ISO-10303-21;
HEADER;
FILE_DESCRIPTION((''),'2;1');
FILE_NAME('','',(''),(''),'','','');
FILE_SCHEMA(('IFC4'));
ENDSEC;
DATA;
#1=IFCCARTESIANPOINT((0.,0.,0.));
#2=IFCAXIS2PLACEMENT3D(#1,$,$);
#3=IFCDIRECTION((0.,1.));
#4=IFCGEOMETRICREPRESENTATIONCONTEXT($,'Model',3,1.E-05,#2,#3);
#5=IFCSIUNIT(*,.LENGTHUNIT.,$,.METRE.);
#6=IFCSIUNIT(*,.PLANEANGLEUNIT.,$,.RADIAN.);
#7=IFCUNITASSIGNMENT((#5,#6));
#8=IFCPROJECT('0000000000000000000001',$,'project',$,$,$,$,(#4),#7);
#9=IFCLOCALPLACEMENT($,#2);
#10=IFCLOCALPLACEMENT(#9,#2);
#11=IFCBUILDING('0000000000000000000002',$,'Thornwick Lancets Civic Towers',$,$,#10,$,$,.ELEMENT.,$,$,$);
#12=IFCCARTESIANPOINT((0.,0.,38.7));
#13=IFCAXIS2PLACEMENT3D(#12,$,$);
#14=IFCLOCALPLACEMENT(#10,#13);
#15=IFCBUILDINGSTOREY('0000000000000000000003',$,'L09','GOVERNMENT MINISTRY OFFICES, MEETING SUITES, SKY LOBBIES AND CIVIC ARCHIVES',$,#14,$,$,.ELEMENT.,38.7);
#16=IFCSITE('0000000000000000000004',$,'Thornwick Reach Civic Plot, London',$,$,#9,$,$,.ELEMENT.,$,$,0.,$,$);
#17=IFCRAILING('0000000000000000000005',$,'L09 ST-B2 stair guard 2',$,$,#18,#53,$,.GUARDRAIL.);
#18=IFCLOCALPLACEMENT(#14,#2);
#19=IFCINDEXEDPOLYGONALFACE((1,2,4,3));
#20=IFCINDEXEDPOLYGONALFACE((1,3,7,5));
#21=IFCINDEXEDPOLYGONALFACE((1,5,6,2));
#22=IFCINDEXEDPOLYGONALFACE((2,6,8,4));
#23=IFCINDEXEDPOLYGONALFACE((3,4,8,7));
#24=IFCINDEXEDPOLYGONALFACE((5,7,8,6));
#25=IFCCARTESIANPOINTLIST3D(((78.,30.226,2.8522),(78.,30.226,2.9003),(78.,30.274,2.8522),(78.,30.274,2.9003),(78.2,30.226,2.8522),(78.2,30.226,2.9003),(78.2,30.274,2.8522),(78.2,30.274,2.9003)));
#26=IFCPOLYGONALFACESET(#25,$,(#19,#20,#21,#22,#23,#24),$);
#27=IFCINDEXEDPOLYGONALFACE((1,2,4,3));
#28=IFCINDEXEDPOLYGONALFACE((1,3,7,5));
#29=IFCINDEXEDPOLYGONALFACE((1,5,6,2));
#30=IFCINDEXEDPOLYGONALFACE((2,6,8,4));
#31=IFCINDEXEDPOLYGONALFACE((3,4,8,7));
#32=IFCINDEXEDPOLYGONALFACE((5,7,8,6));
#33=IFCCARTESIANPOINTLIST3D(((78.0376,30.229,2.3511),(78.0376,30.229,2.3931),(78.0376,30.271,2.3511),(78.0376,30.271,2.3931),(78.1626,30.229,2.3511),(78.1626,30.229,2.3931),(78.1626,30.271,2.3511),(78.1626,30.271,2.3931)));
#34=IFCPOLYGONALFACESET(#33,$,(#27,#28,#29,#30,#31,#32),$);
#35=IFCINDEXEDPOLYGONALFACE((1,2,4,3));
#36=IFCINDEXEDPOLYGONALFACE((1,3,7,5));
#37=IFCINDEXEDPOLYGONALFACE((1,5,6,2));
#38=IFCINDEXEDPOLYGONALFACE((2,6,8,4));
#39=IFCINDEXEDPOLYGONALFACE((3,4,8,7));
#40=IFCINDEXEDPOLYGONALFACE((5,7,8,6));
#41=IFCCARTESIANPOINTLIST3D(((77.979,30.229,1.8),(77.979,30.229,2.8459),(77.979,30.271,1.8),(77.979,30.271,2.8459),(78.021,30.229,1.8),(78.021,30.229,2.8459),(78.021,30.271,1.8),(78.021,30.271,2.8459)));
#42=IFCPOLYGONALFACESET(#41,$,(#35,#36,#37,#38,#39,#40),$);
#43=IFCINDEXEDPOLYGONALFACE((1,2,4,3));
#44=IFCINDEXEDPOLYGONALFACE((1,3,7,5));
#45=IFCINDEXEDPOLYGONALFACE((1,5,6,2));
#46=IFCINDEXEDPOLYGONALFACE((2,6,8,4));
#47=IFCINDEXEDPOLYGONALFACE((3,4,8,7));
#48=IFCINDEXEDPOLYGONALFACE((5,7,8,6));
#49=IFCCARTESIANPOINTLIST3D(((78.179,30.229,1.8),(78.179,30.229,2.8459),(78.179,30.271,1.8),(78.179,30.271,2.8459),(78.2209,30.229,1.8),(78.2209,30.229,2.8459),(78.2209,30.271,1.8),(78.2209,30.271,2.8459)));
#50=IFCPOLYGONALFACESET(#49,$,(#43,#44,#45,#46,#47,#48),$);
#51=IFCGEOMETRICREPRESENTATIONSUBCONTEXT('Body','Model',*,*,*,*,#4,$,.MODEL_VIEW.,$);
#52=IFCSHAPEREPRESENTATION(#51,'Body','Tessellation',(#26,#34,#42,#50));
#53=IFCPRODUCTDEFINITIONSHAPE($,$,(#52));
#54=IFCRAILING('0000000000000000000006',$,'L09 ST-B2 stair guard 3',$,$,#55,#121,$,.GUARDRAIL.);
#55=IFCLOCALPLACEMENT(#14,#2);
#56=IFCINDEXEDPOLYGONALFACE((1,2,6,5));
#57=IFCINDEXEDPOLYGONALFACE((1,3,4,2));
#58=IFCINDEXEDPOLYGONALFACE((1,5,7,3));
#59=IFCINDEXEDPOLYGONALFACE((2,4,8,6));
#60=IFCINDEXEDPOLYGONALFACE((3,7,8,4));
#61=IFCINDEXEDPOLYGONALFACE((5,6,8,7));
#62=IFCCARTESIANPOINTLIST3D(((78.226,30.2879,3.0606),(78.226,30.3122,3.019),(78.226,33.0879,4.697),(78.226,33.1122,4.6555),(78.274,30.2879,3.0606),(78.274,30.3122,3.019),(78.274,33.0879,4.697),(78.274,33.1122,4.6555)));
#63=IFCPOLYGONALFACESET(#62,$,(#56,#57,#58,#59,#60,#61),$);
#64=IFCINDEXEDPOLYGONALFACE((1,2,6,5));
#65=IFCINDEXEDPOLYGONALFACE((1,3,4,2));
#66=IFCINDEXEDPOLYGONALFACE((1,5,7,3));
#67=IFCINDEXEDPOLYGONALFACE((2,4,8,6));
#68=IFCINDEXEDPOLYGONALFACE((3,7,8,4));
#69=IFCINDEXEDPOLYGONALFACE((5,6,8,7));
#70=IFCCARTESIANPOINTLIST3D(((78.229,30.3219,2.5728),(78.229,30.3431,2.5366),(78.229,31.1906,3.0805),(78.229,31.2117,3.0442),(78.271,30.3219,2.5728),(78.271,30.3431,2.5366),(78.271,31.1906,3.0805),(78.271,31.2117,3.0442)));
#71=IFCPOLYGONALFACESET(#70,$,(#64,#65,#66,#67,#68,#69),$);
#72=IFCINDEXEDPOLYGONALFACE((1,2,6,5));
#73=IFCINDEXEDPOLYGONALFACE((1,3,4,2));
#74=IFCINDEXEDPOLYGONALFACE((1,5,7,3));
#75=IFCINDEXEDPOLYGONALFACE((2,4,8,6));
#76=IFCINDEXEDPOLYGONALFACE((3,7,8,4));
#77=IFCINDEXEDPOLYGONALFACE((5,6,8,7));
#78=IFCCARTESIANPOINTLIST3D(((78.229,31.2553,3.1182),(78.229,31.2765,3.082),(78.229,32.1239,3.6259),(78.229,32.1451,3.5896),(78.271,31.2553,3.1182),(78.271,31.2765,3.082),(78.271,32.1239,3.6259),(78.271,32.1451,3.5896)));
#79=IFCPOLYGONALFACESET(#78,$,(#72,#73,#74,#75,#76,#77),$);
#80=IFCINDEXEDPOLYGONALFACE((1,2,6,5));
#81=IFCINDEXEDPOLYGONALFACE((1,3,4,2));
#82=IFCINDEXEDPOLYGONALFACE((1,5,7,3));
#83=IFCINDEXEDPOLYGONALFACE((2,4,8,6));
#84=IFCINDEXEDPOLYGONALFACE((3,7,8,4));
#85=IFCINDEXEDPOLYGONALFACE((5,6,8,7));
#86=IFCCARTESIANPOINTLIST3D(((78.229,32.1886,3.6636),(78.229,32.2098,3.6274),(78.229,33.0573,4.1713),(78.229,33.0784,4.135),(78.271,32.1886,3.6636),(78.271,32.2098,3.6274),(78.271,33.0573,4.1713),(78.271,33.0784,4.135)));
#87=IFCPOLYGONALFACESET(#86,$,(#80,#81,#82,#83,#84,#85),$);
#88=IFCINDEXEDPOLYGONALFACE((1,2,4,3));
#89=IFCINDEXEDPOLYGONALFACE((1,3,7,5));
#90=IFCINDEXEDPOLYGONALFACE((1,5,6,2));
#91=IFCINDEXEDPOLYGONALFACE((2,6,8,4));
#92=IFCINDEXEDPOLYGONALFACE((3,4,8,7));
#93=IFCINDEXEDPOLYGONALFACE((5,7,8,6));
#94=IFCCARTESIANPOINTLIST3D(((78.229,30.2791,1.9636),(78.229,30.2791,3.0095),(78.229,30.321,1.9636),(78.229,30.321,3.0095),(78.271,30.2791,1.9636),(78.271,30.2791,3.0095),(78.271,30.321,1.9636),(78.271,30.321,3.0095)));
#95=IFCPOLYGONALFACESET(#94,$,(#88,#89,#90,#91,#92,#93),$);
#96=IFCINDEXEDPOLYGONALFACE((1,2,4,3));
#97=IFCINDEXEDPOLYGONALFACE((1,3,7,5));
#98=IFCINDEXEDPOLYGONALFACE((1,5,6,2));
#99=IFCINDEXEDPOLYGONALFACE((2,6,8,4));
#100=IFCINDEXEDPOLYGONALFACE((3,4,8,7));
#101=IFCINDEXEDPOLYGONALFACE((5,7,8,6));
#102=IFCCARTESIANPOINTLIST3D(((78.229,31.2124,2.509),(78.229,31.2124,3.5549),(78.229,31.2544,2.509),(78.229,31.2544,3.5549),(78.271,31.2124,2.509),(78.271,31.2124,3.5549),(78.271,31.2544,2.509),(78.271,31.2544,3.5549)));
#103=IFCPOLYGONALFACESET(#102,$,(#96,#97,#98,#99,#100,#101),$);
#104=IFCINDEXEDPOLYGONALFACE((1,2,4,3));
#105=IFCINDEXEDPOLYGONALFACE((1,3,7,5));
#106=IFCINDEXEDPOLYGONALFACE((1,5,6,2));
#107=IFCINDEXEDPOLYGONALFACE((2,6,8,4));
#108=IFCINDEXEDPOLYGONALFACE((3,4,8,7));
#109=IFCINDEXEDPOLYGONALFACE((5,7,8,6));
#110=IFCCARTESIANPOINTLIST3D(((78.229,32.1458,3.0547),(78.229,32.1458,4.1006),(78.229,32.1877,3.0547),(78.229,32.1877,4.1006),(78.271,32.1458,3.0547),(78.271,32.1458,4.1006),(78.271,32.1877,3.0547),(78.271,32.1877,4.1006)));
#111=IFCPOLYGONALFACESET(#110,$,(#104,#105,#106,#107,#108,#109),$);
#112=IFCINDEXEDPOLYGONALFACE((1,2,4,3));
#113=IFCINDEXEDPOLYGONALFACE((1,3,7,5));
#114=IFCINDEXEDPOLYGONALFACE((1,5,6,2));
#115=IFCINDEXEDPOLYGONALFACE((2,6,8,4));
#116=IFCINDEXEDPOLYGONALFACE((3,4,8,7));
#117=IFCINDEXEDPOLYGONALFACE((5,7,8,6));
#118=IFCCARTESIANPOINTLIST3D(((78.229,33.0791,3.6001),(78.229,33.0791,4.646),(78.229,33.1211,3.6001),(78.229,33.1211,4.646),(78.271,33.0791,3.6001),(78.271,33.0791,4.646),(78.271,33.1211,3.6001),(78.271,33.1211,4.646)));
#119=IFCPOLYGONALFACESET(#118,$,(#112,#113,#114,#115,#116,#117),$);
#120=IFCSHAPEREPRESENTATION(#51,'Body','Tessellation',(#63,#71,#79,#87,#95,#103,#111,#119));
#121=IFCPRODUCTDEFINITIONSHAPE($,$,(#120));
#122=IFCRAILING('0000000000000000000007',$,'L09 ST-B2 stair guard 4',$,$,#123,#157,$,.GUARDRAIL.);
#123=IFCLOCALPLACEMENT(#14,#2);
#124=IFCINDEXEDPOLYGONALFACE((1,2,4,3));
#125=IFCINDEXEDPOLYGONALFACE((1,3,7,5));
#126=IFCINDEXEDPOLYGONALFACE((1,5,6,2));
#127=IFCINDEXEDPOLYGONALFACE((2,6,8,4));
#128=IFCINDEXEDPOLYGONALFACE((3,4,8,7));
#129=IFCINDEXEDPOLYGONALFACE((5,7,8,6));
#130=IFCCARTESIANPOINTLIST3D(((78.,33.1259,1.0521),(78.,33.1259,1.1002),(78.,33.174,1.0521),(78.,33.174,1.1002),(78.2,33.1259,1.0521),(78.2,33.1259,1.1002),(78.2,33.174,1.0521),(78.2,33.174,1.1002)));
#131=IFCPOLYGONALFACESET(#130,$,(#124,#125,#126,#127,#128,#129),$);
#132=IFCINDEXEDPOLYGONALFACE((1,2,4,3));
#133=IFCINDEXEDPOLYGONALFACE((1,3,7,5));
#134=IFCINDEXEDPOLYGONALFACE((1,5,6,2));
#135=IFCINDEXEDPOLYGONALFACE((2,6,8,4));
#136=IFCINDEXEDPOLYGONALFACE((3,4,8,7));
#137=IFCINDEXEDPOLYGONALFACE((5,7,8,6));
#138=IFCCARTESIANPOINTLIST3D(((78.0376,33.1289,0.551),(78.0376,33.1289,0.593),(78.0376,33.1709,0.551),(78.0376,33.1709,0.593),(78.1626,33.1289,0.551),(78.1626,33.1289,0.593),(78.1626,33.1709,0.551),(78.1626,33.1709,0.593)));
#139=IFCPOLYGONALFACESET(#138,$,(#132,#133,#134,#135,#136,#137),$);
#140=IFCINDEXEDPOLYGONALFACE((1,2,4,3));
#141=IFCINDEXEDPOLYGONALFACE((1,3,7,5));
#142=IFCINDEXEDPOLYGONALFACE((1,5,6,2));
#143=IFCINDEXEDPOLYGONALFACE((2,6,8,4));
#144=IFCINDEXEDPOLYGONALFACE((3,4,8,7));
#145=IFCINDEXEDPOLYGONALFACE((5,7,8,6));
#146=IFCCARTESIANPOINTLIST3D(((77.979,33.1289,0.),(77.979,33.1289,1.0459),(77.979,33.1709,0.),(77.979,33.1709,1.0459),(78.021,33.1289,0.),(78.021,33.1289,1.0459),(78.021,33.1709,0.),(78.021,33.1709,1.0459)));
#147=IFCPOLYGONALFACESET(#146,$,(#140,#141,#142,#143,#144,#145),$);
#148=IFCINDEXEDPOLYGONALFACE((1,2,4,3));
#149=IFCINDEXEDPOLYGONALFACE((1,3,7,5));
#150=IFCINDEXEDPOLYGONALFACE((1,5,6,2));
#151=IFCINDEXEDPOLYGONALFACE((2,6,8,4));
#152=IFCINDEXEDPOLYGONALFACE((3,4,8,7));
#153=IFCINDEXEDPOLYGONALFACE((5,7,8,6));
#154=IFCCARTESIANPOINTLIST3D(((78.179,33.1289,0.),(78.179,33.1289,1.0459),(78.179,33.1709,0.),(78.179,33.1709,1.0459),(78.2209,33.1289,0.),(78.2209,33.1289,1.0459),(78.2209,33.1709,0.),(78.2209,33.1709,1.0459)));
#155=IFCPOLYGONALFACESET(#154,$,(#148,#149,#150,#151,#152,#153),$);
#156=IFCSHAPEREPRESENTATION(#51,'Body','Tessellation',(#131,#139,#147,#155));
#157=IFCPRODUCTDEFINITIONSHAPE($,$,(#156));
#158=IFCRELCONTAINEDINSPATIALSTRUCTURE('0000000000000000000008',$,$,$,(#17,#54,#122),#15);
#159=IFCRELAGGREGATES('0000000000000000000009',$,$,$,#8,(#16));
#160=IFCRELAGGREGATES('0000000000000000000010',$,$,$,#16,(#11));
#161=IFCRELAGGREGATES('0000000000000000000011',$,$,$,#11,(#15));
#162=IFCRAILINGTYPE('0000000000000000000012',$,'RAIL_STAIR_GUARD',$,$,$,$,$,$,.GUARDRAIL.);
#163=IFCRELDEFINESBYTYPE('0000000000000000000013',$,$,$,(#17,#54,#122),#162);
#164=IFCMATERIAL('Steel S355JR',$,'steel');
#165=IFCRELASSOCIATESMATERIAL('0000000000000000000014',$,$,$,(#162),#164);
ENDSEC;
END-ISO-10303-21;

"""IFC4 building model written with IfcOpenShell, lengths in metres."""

from ifc_helpers import new_model, si_unit, direction, frame, origin, origin_2d, place, context, subcontext, project, spatial, rectangle, extrude, material, type_object, element, save


model = new_model("IFC4")

# Units and contexts
model_context = context("Model", 3, precision=1e-05, world=origin(), true_north=direction((0.0, 1.0)))
body_context = subcontext(model_context, "Body", "Model", "MODEL_VIEW")
ifc_project = project(units=[si_unit("LENGTHUNIT", "METRE"), si_unit("PLANEANGLEUNIT", "RADIAN")], contexts=[model_context])

# Site, building, storey
site_placement = place(None, origin())
site = spatial("IfcSite", under=ifc_project, at=site_placement, Name="Thornwick Reach Civic Plot, London", CompositionType="ELEMENT", RefElevation=0.0)
building_placement = place(site_placement, origin())
building = spatial("IfcBuilding", under=site, at=building_placement, Name="Thornwick Lancets Civic Towers", CompositionType="ELEMENT")
storey_placement = place(building_placement, frame((0.0, 0.0, 38.7)))
storey = spatial("IfcBuildingStorey", under=building, at=storey_placement, Name="L09", Description="GOVERNMENT MINISTRY OFFICES, MEETING SUITES, SKY LOBBIES AND CIVIC ARCHIVES", CompositionType="ELEMENT", Elevation=38.7)

# Shared definitions
ifc_material_1 = material(Name="Steel S355JR", Category="steel")

# Railings
railing_type_1 = type_object("IfcRailingType", Name="RAIL_STAIR_GUARD", PredefinedType="GUARDRAIL", material=ifc_material_1)
railing_1_placement = place(storey_placement, frame((78.0, 30.25, 1.8)))
element("IfcRailing", 1, at=railing_1_placement, inside=storey, type_object=railing_type_1, Name="L09 ST-B2 stair guard 2", PredefinedType="GUARDRAIL", context=body_context, shape_type="SweptSolid", body=[
    extrude(rectangle(XDim=0.0481, YDim=0.0481, at=origin_2d()), frame((0.0, 0.0, 1.0762), z_axis=(1.0, 0.0, 0.0), x_axis=(0.0, 1.0, 0.0)), (0.0, 0.0, 1.0), 0.2),
    extrude(rectangle(XDim=0.042, YDim=0.042, at=origin_2d()), frame((0.0376, 0.0, 0.572), z_axis=(1.0, 0.0, 0.0), x_axis=(0.0, 1.0, 0.0)), (0.0, 0.0, 1.0), 0.125),
    extrude(rectangle(XDim=0.042, YDim=0.042, at=origin_2d()), origin(), (0.0, 0.0, 1.0), 1.0459),
    extrude(rectangle(XDim=0.042, YDim=0.042, at=origin_2d()), frame((0.2, 0.0, 0.0)), (0.0, 0.0, 1.0), 1.0459),
])
railing_2_placement = place(storey_placement, frame((78.25, 30.3, 1.9636)))
element("IfcRailing", 2, at=railing_2_placement, inside=storey, type_object=railing_type_1, Name="L09 ST-B2 stair guard 3", PredefinedType="GUARDRAIL", context=body_context, shape_type="SweptSolid", body=[
    extrude(rectangle(XDim=0.0481, YDim=0.0481, at=origin_2d()), frame((0.0, 0.0, 1.0762), z_axis=(0.0, 0.863361, 0.504587), x_axis=(-1.0, 0.0, 0.0)), (0.0, 0.0, 1.0), 3.2432),
    extrude(rectangle(XDim=0.042, YDim=0.042, at=origin_2d()), frame((0.0, 0.0325, 0.5911), z_axis=(0.0, 0.863361, 0.504587), x_axis=(-1.0, 0.0, 0.0)), (0.0, 0.0, 1.0), 1.0061),
    extrude(rectangle(XDim=0.042, YDim=0.042, at=origin_2d()), frame((0.0, 0.9658, 1.1365), z_axis=(0.0, 0.863361, 0.504587), x_axis=(-1.0, 0.0, 0.0)), (0.0, 0.0, 1.0), 1.0061),
    extrude(rectangle(XDim=0.042, YDim=0.042, at=origin_2d()), frame((0.0, 1.8992, 1.6819), z_axis=(0.0, 0.863361, 0.504587), x_axis=(-1.0, 0.0, 0.0)), (0.0, 0.0, 1.0), 1.0061),
    extrude(rectangle(XDim=0.042, YDim=0.042, at=origin_2d()), origin(), (0.0, 0.0, 1.0), 1.0459),
    extrude(rectangle(XDim=0.042, YDim=0.042, at=origin_2d()), frame((0.0, 0.9333, 0.5454)), (0.0, 0.0, 1.0), 1.0459),
    extrude(rectangle(XDim=0.042, YDim=0.042, at=origin_2d()), frame((0.0, 1.8667, 1.0911)), (0.0, 0.0, 1.0), 1.0459),
    extrude(rectangle(XDim=0.042, YDim=0.042, at=origin_2d()), frame((0.0, 2.8, 1.6365)), (0.0, 0.0, 1.0), 1.0459),
])
railing_3_placement = place(storey_placement, frame((78.0, 33.1499, 0.0)))
element("IfcRailing", 3, at=railing_3_placement, inside=storey, type_object=railing_type_1, Name="L09 ST-B2 stair guard 4", PredefinedType="GUARDRAIL", context=body_context, shape_type="SweptSolid", body=[
    extrude(rectangle(XDim=0.0481, YDim=0.0481, at=origin_2d()), frame((0.0, 0.0, 1.0762), z_axis=(1.0, 0.0, 0.0), x_axis=(0.0, 1.0, 0.0)), (0.0, 0.0, 1.0), 0.2),
    extrude(rectangle(XDim=0.042, YDim=0.042, at=origin_2d()), frame((0.0376, 0.0, 0.572), z_axis=(1.0, 0.0, 0.0), x_axis=(0.0, 1.0, 0.0)), (0.0, 0.0, 1.0), 0.125),
    extrude(rectangle(XDim=0.042, YDim=0.042, at=origin_2d()), origin(), (0.0, 0.0, 1.0), 1.0459),
    extrude(rectangle(XDim=0.042, YDim=0.042, at=origin_2d()), frame((0.2, 0.0, 0.0)), (0.0, 0.0, 1.0), 1.0459),
])

save(model, "model.ifc")
